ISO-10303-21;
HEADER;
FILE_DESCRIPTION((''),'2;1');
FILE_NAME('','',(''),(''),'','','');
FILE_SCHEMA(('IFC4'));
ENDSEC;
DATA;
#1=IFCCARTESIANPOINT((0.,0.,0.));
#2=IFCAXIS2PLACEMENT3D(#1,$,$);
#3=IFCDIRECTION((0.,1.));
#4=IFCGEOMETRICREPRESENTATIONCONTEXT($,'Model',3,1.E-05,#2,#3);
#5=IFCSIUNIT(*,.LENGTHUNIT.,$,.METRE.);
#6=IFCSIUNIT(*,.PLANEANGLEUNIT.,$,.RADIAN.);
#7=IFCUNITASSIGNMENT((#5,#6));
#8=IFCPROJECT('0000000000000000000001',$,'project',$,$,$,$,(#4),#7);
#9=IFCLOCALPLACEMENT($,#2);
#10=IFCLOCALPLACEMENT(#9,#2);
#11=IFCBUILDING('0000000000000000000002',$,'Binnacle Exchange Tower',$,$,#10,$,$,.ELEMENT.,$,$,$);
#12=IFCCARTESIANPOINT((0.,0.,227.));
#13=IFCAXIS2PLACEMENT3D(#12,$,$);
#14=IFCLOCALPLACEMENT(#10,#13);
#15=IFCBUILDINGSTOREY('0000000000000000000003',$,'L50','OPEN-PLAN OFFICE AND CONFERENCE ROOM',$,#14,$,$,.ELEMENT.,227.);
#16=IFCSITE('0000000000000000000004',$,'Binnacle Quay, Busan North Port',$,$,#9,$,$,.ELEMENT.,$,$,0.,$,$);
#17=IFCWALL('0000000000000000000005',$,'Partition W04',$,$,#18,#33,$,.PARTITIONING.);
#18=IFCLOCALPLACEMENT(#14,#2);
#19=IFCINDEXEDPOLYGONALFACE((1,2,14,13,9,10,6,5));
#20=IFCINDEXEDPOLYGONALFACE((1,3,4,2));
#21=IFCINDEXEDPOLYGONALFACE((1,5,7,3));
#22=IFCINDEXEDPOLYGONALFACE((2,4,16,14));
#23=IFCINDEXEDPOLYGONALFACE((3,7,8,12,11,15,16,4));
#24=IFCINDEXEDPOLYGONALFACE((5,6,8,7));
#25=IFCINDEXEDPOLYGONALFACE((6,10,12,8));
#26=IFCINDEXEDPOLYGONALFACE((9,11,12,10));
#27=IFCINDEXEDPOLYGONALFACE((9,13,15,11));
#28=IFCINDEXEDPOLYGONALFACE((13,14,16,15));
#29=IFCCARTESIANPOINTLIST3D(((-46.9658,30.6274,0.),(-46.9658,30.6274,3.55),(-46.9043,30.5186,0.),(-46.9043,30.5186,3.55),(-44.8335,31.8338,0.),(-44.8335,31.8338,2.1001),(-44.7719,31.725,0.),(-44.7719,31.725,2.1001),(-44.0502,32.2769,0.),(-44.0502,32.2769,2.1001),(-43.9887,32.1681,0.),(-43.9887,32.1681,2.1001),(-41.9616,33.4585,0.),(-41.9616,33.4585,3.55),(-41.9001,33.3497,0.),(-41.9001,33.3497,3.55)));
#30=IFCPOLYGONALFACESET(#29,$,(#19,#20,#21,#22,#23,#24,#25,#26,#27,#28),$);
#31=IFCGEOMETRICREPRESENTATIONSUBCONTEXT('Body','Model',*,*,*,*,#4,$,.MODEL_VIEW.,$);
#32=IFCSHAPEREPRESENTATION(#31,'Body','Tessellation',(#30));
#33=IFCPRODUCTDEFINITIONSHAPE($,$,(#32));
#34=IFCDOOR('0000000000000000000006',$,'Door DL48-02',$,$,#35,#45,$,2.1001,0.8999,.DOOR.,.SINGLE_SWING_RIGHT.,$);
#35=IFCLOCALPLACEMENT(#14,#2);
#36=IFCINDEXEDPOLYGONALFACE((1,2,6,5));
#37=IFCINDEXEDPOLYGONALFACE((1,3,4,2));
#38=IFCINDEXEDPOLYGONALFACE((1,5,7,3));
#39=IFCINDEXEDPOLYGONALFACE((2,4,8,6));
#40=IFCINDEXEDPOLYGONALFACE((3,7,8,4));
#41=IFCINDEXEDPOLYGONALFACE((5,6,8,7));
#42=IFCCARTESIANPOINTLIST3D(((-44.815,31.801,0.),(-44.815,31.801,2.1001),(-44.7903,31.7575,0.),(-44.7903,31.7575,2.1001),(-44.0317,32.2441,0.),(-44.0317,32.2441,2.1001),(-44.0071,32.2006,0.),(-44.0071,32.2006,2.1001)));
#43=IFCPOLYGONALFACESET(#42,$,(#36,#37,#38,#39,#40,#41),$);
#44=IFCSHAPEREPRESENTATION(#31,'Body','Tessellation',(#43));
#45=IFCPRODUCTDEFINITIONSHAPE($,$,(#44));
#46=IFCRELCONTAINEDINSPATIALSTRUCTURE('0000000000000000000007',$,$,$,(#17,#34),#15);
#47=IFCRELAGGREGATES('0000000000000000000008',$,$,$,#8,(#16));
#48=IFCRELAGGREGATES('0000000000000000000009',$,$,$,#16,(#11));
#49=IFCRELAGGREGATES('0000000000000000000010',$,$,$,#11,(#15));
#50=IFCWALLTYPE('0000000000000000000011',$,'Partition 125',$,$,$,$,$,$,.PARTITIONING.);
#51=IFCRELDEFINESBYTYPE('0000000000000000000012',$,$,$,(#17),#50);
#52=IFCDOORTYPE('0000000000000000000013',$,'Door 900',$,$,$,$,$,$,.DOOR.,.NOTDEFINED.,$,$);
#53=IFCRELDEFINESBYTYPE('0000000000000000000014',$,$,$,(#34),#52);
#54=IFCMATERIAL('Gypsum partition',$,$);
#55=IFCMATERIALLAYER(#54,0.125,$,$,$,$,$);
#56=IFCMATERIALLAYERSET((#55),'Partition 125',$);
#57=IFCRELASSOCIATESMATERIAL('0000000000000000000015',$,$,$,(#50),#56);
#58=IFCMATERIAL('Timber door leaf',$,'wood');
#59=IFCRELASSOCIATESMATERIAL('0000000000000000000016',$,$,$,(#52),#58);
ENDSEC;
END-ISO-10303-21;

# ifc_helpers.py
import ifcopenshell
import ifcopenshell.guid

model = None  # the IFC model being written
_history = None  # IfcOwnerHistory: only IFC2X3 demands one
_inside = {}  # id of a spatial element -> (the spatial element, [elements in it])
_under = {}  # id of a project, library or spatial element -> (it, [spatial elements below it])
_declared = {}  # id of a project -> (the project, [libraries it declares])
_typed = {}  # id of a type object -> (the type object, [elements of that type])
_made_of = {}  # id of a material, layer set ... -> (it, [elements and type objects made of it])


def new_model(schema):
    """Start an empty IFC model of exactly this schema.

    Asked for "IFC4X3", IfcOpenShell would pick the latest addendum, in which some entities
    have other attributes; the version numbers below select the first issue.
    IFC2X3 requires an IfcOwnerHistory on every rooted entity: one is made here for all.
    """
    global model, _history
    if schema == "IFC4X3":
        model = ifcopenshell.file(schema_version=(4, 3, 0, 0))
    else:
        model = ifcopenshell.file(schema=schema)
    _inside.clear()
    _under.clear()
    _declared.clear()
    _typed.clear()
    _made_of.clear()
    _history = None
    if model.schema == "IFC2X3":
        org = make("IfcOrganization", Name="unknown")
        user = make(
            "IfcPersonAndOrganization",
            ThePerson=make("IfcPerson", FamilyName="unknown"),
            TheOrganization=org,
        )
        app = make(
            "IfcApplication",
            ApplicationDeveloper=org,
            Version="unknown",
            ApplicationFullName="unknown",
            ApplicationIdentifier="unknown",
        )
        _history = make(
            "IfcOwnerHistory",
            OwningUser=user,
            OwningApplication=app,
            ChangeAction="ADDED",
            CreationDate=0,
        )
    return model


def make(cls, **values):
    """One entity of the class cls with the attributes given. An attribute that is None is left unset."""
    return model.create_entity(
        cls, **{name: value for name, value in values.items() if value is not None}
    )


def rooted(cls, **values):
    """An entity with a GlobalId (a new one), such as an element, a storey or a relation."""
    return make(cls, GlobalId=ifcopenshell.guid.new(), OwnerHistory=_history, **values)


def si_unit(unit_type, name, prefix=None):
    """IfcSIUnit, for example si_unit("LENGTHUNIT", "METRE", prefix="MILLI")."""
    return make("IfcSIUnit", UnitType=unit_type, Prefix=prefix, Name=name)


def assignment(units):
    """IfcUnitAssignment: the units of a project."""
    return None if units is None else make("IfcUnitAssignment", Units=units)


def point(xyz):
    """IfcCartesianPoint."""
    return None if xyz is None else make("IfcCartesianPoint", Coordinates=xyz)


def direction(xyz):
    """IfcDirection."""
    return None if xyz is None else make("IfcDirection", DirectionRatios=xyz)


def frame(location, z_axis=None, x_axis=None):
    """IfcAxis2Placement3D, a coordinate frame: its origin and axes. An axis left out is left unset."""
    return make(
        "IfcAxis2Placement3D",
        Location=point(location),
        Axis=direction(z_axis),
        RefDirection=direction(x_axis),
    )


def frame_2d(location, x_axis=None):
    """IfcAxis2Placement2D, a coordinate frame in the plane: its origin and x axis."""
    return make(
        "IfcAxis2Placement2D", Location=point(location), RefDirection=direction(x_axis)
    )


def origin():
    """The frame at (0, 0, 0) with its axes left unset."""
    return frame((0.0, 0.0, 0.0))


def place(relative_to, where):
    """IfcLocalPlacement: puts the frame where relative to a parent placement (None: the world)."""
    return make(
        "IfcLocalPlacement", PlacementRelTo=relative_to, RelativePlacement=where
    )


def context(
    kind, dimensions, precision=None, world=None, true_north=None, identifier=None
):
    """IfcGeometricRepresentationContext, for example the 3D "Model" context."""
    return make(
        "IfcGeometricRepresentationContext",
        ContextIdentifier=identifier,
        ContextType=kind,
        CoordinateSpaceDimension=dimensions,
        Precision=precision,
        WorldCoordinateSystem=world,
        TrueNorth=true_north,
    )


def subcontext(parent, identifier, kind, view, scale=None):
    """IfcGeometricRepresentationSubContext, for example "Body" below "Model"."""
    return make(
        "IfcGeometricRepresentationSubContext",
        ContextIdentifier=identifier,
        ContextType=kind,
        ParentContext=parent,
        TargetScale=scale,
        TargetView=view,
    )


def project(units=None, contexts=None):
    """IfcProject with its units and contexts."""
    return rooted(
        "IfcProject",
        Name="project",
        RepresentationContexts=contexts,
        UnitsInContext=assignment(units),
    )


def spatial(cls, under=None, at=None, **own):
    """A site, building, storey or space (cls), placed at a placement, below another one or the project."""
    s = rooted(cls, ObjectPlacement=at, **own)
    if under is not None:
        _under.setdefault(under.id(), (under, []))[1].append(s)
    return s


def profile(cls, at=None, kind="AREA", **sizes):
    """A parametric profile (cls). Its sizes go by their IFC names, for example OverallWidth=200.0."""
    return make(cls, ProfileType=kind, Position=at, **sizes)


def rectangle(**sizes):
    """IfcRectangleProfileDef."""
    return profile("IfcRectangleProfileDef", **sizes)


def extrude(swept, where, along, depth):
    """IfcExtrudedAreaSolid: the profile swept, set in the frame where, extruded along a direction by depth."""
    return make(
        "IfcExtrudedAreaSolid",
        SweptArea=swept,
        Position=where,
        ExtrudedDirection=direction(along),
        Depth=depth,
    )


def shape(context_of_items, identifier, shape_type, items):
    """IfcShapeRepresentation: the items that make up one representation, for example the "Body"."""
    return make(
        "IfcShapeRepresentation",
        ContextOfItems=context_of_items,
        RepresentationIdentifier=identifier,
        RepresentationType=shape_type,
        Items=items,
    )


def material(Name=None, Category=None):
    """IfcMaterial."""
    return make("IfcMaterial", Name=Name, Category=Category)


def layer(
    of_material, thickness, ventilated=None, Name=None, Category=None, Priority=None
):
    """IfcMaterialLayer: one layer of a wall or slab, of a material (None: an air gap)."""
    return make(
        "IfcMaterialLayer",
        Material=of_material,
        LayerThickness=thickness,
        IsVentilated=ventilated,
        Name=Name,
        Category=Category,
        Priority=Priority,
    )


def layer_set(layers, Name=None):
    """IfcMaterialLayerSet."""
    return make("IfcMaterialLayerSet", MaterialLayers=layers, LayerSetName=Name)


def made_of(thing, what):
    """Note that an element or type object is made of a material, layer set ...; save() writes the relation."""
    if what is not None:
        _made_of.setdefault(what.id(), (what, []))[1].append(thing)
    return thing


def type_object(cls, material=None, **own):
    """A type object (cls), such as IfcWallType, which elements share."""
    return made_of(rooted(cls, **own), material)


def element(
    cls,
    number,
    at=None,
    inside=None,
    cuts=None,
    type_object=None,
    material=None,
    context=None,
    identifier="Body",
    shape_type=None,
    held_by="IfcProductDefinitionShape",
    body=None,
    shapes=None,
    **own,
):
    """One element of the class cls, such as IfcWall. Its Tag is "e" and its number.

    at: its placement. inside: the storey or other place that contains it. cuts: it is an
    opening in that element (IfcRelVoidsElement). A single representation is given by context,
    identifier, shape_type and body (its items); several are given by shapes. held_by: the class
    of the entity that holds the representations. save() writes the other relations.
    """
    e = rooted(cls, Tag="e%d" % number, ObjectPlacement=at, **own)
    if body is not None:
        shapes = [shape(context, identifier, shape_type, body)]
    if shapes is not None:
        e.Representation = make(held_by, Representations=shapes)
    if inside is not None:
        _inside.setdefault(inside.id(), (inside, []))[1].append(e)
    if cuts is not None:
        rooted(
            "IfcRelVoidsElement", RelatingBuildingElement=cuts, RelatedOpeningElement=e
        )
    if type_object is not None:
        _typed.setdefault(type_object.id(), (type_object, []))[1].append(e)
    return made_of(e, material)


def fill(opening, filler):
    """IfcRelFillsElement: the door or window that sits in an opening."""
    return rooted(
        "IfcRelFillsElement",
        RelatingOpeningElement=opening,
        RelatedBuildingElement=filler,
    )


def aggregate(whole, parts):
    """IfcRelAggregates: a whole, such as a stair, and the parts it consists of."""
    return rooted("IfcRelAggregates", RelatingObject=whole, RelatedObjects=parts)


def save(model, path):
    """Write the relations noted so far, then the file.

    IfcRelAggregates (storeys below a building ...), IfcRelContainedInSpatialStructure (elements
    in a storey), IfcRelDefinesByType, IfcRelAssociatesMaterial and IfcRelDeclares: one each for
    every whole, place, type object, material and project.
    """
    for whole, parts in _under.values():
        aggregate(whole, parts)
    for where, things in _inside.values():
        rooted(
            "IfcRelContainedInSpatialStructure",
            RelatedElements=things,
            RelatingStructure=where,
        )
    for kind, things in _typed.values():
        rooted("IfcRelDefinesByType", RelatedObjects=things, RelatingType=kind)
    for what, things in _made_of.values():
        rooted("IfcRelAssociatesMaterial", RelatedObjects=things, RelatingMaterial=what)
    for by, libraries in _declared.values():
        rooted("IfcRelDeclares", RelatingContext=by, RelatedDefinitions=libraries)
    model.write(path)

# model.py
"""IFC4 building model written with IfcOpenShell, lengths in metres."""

from ifc_helpers import new_model, si_unit, direction, frame, frame_2d, origin, place, context, subcontext, project, spatial, rectangle, extrude, material, layer, layer_set, type_object, element, fill, save


model = new_model("IFC4")

# Units and contexts
model_context = context("Model", 3, precision=1e-05, world=origin(), true_north=direction((0.0, 1.0)))
body_context = subcontext(model_context, "Body", "Model", "MODEL_VIEW")
ifc_project = project(units=[si_unit("LENGTHUNIT", "METRE"), si_unit("PLANEANGLEUNIT", "RADIAN")], contexts=[model_context])

# Site, building, storey
site_placement = place(None, origin())
site = spatial("IfcSite", under=ifc_project, at=site_placement, Name="Binnacle Quay, Busan North Port", CompositionType="ELEMENT", RefElevation=0.0)
building_placement = place(site_placement, origin())
building = spatial("IfcBuilding", under=site, at=building_placement, Name="Binnacle Exchange Tower", CompositionType="ELEMENT")
storey_placement = place(building_placement, frame((0.0, 0.0, 227.0)))
storey = spatial("IfcBuildingStorey", under=building, at=storey_placement, Name="L50", Description="OPEN-PLAN OFFICE AND CONFERENCE ROOM", CompositionType="ELEMENT", Elevation=227.0)

# Wall, opening, door
ifc_material_1 = material(Name="Gypsum partition")
ifc_layer_1 = layer(ifc_material_1, 0.125)
ifc_layer_set_1 = layer_set([ifc_layer_1], Name="Partition 125")
wall_type_1 = type_object("IfcWallType", Name="Partition 125", PredefinedType="PARTITIONING", material=ifc_layer_set_1)
ifc_material_2 = material(Name="Timber door leaf", Category="wood")
door_type_1 = type_object("IfcDoorType", Name="Door 900", OperationType="NOTDEFINED", PredefinedType="DOOR", material=ifc_material_2)
wall_1_placement = place(storey_placement, frame((-46.9351, 30.573, 0.0), z_axis=(0.0, 0.0, 1.0), x_axis=(0.870367, 0.492403, 0.0)))
wall_1 = element("IfcWall", 1, at=wall_1_placement, inside=storey, type_object=wall_type_1, Name="Partition W04", PredefinedType="PARTITIONING", context=body_context, shape_type="SweptSolid", body=[
    extrude(rectangle(XDim=5.7495, YDim=0.125, at=frame_2d((2.8748, 0.0))), origin(), (0.0, 0.0, 1.0), 3.55),
])
opening_1_placement = place(wall_1_placement, frame((2.45, 0.0, 0.0)))
opening_1 = element("IfcOpeningElement", 2, at=opening_1_placement, cuts=wall_1, PredefinedType="OPENING", context=body_context, shape_type="SweptSolid", body=[
    extrude(rectangle(XDim=0.8999, YDim=2.1001, at=frame_2d((0.45, 1.05))), frame((0.0, 0.0725, 0.0), z_axis=(0.0, -1.0, 0.0), x_axis=(1.0, 0.0, 0.0)), (0.0, 0.0, 1.0), 0.145),
])
door_1_placement = place(opening_1_placement, origin())
door_1 = element("IfcDoor", 3, at=door_1_placement, inside=storey, type_object=door_type_1, Name="Door DL48-02", OperationType="SINGLE_SWING_RIGHT", OverallHeight=2.1001, OverallWidth=0.8999, PredefinedType="DOOR", context=body_context, shape_type="SweptSolid", body=[
    extrude(rectangle(XDim=0.8999, YDim=2.1001, at=frame_2d((0.45, 1.05))), frame((0.0, 0.0249, 0.0), z_axis=(0.0, -1.0, 0.0), x_axis=(1.0, 0.0, 0.0)), (0.0, 0.0, 1.0), 0.05),
])
fill(opening_1, door_1)

save(model, "model.ifc")
